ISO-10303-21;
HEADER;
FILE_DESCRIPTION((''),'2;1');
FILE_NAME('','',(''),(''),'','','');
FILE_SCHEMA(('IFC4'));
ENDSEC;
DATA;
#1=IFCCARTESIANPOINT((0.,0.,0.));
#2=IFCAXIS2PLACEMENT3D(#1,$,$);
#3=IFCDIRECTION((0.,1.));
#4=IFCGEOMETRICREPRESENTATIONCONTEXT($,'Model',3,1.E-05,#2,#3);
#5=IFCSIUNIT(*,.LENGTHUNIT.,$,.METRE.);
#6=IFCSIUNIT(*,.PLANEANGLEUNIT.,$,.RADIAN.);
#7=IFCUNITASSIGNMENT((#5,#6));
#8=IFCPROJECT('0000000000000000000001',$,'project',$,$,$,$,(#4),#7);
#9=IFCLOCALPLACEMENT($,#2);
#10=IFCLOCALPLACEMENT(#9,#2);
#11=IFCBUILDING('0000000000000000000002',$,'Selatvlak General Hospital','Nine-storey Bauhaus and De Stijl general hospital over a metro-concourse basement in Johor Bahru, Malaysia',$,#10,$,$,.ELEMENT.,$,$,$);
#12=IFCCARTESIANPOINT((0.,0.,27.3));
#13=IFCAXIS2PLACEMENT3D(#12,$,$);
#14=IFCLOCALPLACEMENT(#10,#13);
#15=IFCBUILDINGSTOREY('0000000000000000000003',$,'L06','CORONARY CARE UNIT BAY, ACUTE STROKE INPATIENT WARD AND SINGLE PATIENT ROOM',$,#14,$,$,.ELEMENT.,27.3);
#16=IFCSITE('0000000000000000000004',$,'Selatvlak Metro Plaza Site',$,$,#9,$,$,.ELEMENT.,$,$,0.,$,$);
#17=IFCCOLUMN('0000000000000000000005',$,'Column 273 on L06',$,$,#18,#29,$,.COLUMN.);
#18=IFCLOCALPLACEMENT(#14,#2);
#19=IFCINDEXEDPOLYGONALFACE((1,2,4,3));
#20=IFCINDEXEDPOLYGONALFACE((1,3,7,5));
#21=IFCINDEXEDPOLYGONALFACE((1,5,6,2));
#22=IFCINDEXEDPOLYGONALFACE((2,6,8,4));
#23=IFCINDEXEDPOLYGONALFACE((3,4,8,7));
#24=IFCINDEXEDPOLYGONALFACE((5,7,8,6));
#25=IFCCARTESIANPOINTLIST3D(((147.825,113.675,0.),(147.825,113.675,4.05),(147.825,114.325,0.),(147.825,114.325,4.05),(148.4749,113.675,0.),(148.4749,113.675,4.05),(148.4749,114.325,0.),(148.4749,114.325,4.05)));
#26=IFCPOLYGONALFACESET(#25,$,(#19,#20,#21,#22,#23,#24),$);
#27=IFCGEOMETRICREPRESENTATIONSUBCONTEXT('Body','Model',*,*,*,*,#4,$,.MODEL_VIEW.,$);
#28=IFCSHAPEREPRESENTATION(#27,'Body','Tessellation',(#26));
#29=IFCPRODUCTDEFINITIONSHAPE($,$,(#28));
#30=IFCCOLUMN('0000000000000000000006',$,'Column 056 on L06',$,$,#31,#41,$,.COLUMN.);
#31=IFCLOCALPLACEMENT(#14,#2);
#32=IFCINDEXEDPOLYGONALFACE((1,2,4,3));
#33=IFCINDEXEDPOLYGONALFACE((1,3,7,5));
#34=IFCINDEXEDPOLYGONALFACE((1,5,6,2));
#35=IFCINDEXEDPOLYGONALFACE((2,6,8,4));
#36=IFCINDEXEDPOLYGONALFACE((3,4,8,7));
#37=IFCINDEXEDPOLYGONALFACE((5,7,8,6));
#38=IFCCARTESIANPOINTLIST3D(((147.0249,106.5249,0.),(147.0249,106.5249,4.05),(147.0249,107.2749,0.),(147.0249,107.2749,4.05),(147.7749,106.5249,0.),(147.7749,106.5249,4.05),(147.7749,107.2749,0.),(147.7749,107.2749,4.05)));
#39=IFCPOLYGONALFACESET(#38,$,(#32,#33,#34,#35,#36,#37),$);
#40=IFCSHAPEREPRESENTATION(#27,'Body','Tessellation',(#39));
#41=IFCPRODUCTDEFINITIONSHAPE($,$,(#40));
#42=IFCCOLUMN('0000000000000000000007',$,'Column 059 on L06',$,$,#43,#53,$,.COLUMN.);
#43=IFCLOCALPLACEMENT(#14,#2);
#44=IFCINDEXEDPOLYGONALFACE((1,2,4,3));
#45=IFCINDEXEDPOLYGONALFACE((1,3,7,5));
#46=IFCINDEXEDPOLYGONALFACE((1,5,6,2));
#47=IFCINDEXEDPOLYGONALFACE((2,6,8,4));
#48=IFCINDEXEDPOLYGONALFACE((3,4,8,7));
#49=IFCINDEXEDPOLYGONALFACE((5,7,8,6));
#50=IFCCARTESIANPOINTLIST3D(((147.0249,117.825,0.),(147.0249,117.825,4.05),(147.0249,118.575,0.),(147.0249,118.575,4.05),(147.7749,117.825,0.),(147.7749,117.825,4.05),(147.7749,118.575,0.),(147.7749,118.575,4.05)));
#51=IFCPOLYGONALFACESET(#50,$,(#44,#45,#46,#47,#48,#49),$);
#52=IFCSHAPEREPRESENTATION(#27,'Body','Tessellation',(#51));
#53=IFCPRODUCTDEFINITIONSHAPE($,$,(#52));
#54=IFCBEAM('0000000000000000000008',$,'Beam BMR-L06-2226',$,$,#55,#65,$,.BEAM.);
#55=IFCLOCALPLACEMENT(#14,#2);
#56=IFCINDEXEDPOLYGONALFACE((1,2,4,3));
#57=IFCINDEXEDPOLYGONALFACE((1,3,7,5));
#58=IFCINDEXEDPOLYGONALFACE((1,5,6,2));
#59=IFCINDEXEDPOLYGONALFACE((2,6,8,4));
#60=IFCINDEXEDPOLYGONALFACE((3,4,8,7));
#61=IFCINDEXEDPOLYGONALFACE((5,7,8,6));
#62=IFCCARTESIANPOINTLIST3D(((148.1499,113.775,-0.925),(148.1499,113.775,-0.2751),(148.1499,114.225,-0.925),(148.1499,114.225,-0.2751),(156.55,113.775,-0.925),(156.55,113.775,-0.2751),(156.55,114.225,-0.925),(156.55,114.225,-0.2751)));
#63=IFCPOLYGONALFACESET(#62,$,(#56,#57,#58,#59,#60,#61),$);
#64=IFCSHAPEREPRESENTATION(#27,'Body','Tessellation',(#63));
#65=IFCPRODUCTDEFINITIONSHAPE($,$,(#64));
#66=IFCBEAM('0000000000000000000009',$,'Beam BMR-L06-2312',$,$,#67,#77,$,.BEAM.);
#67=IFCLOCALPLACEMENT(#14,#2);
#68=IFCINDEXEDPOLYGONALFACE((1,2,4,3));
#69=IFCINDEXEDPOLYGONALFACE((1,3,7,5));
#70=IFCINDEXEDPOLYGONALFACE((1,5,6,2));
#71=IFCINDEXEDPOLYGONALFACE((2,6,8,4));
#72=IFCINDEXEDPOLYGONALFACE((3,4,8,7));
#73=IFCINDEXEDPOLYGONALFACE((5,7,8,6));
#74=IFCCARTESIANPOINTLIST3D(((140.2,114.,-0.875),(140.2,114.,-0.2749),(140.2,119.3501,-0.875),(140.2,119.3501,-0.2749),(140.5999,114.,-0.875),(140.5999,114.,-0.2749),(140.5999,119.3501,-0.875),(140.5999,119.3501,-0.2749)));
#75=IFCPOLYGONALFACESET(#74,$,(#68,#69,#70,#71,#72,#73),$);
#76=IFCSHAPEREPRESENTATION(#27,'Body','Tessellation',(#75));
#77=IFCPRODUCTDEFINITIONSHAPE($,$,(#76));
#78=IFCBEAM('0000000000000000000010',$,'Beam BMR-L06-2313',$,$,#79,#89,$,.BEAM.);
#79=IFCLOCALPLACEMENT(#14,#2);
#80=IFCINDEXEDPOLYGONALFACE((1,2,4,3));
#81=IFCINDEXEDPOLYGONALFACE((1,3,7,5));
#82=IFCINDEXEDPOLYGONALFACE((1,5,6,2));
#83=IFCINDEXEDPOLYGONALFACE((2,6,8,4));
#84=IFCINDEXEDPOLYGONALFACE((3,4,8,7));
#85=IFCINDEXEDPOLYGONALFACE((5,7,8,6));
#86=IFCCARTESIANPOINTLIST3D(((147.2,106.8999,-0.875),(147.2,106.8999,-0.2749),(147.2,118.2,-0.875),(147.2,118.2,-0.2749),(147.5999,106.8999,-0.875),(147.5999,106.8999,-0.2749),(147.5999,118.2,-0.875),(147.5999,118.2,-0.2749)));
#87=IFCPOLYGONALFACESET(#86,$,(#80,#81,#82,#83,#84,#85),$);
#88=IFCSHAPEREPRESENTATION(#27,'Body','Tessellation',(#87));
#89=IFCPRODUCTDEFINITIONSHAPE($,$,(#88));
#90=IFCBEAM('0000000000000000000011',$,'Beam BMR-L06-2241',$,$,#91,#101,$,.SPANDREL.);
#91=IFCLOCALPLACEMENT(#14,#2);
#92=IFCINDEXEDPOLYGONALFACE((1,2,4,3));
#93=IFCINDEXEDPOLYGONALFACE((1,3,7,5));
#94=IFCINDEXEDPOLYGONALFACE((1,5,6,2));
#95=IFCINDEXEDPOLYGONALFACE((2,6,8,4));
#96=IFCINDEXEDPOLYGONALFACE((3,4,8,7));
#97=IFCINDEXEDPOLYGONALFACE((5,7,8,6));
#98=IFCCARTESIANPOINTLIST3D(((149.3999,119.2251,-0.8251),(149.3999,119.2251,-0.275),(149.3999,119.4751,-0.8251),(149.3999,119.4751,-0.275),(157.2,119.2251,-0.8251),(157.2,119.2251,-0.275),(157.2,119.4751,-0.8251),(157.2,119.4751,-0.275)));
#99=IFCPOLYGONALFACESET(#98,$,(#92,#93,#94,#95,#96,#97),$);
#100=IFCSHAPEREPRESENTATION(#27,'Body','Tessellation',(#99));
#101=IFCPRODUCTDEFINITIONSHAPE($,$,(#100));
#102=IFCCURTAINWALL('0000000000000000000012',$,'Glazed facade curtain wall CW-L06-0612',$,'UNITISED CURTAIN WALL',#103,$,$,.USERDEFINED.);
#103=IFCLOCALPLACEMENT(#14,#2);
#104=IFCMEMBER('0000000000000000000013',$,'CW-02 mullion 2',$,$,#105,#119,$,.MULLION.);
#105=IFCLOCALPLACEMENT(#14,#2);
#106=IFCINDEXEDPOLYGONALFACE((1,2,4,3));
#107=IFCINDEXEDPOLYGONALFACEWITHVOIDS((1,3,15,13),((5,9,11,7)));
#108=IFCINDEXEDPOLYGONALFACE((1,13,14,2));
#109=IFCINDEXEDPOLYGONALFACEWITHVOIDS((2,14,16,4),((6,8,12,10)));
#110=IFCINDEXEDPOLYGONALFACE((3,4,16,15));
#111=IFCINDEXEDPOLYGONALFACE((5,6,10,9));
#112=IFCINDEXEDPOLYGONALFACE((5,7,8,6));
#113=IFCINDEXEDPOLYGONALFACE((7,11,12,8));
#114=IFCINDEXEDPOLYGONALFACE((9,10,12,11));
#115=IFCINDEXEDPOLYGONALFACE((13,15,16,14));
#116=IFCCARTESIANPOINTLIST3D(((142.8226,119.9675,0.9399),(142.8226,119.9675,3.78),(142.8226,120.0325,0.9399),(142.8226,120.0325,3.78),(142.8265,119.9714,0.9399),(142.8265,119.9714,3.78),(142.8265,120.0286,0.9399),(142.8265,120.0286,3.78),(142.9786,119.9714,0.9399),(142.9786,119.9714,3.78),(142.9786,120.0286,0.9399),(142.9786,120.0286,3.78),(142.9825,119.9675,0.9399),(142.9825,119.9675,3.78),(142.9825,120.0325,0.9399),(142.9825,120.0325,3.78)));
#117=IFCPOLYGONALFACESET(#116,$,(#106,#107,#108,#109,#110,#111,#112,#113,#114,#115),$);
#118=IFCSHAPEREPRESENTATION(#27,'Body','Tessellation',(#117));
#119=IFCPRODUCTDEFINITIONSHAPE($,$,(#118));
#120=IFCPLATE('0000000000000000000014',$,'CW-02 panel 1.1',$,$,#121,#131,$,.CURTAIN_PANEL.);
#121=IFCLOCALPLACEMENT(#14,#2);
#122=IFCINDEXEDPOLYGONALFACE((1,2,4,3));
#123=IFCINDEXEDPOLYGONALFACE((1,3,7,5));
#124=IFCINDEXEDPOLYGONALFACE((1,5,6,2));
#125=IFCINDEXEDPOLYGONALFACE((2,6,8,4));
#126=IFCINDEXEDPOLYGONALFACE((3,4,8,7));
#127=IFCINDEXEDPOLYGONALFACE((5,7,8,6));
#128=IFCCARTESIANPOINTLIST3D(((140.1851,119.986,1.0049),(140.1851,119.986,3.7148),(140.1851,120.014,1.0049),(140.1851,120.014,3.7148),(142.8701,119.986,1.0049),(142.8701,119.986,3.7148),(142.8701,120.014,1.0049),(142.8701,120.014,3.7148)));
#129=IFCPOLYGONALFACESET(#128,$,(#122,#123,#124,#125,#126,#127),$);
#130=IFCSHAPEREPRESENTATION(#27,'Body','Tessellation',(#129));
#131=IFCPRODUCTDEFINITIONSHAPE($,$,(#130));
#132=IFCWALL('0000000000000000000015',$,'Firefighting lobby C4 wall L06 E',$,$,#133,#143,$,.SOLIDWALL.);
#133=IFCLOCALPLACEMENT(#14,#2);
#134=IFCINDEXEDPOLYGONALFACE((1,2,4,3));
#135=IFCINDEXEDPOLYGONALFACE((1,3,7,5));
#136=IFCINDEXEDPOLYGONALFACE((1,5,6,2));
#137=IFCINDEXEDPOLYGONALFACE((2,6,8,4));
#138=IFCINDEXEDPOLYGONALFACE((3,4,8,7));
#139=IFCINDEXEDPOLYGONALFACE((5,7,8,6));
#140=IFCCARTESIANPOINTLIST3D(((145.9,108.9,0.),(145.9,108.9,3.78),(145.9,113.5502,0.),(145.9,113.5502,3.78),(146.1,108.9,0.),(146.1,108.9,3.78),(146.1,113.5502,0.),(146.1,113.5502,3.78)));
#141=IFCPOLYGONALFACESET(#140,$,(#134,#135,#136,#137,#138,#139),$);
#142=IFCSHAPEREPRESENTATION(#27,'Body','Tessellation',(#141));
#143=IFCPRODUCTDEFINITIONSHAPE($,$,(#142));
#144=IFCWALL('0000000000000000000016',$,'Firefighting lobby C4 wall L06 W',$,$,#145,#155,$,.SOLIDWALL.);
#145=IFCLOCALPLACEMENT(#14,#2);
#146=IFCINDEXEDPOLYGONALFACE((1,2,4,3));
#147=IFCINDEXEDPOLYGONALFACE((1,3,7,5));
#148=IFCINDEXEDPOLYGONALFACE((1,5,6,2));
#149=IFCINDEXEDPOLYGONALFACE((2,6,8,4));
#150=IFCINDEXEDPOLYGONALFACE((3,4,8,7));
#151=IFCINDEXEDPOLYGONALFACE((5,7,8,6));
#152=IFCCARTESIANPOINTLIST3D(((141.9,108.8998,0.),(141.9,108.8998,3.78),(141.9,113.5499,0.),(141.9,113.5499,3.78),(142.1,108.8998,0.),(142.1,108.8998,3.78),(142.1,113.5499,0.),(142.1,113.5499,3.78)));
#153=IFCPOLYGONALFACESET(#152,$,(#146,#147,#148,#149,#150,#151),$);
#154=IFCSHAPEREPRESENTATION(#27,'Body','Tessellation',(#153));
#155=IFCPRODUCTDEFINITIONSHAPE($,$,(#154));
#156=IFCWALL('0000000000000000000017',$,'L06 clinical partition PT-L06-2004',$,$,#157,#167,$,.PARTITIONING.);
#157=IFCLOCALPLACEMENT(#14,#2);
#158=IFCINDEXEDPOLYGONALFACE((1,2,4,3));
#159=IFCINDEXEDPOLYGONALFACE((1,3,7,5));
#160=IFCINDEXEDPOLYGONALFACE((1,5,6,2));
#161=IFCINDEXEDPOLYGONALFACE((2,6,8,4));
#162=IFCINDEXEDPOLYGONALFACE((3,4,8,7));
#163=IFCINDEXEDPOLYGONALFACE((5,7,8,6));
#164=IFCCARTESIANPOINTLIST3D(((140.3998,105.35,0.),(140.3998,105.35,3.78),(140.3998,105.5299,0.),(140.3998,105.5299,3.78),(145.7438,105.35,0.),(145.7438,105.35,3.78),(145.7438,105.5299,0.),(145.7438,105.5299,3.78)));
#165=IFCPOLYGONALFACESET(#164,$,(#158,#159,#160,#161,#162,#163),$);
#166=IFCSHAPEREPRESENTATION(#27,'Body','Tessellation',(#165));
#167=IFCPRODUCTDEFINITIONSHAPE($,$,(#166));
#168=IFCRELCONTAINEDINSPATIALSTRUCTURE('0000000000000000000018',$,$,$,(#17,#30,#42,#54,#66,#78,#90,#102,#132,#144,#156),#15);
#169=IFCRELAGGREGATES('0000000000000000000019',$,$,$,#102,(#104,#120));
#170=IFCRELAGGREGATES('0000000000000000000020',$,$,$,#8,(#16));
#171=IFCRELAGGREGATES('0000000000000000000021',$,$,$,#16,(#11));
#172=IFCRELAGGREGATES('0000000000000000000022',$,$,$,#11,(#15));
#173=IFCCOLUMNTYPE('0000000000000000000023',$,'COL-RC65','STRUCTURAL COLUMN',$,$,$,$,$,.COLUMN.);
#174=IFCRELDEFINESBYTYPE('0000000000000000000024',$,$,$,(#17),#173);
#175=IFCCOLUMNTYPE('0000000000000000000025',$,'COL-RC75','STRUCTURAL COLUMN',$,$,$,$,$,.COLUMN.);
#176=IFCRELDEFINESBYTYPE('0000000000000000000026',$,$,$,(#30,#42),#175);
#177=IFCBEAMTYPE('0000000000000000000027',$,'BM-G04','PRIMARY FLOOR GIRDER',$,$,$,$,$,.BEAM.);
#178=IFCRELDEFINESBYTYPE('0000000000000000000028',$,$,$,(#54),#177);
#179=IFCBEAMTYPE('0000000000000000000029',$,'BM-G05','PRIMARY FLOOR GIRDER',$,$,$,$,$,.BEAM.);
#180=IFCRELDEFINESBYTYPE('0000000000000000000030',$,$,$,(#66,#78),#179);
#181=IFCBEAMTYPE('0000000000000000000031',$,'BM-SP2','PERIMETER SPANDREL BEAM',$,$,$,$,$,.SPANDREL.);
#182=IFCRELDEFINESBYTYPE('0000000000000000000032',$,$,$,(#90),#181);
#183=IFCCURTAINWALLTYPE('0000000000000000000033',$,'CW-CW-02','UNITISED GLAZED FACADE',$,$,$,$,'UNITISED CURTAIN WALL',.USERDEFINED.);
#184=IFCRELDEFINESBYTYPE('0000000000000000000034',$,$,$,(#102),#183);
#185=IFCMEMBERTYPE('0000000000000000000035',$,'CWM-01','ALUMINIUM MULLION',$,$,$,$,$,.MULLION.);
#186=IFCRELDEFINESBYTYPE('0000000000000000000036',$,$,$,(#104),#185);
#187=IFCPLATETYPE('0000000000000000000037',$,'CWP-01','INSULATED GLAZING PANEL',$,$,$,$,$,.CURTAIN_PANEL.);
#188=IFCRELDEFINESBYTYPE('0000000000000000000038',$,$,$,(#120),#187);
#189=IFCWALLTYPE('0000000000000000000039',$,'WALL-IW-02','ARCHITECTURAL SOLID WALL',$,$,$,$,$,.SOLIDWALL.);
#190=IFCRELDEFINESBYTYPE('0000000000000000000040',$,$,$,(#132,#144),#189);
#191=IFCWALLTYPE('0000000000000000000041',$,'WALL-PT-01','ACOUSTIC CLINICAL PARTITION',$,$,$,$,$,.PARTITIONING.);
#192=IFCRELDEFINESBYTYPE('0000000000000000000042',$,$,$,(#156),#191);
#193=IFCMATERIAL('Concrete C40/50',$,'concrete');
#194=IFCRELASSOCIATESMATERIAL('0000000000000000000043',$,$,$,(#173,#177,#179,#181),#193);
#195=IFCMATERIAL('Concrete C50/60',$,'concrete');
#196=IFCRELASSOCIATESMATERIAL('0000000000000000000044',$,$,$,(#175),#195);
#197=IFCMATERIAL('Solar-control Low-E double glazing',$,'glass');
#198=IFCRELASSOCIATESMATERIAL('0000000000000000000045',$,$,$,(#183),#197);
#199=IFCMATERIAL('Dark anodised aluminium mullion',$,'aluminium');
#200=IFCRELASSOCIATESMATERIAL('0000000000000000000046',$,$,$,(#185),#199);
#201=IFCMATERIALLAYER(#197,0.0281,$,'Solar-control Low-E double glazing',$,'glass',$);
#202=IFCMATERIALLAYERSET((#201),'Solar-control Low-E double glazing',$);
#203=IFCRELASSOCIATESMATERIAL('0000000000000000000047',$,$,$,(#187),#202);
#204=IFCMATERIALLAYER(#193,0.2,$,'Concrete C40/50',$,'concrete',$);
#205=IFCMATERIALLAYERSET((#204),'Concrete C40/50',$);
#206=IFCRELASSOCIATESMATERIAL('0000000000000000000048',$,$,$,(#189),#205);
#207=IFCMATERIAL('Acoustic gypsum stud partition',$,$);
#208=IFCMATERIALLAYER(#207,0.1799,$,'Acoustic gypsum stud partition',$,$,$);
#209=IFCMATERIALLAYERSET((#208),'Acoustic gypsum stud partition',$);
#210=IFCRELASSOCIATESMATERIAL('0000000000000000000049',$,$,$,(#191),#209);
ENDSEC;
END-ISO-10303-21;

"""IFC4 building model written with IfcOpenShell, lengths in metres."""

from ifc_helpers import new_model, si_unit, direction, frame, frame_2d, origin, origin_2d, place, context, subcontext, project, spatial, rectangle, hollow_rectangle, extrude, material, layer, layer_set, material_profile, profile_set, type_object, element, aggregate, save


model = new_model("IFC4")

# Units and contexts
model_context = context("Model", 3, precision=1e-05, world=origin(), true_north=direction((0.0, 1.0)))
body_context = subcontext(model_context, "Body", "Model", "MODEL_VIEW")
ifc_project = project(units=[si_unit("LENGTHUNIT", "METRE"), si_unit("PLANEANGLEUNIT", "RADIAN")], contexts=[model_context])

# Site, building, storey
site_placement = place(None, origin())
site = spatial("IfcSite", under=ifc_project, at=site_placement, Name="Selatvlak Metro Plaza Site", CompositionType="ELEMENT", RefElevation=0.0)
building_placement = place(site_placement, origin())
building = spatial("IfcBuilding", under=site, at=building_placement, Name="Selatvlak General Hospital", Description="Nine-storey Bauhaus and De Stijl general hospital over a metro-concourse basement in Johor Bahru, Malaysia", CompositionType="ELEMENT")
storey_placement = place(building_placement, frame((0.0, 0.0, 27.3)))
storey = spatial("IfcBuildingStorey", under=building, at=storey_placement, Name="L06", Description="CORONARY CARE UNIT BAY, ACUTE STROKE INPATIENT WARD AND SINGLE PATIENT ROOM", CompositionType="ELEMENT", Elevation=27.3)

# Columns
ifc_material_1 = material(Name="Concrete C40/50", Category="concrete")
ifc_material_profile_1 = material_profile(ifc_material_1, rectangle(XDim=0.6499, YDim=0.6499, at=origin_2d()), Name="RC-COL 650x650")
ifc_profile_set_1 = profile_set([ifc_material_profile_1], Name="Concrete C40/50")
column_type_1 = type_object("IfcColumnType", Name="COL-RC65", Description="STRUCTURAL COLUMN", PredefinedType="COLUMN", material=ifc_profile_set_1)
column_placement = place(storey_placement, frame((148.1499, 114.0, 0.0), z_axis=(0.0, 0.0, 1.0), x_axis=(1.0, 0.0, 0.0)))
element("IfcColumn", 1, at=column_placement, inside=storey, type_object=column_type_1, Name="Column 273 on L06", PredefinedType="COLUMN", context=body_context, shape_type="SweptSolid", body=[
    extrude(rectangle(XDim=0.6499, YDim=0.6499, at=origin_2d()), origin(), (0.0, 0.0, 1.0), 4.05),
])
ifc_material_2 = material(Name="Concrete C50/60", Category="concrete")
ifc_material_profile_2 = material_profile(ifc_material_2, rectangle(XDim=0.75, YDim=0.75, at=origin_2d()), Name="RC-COL 750x750")
ifc_profile_set_2 = profile_set([ifc_material_profile_2], Name="Concrete C50/60")
column_type_2 = type_object("IfcColumnType", Name="COL-RC75", Description="STRUCTURAL COLUMN", PredefinedType="COLUMN", material=ifc_profile_set_2)
for number, where, z_axis, x_axis, name in (
    (2, (147.3999, 106.8999, 0.0), (0.0, 0.0, 1.0), (1.0, 0.0, 0.0), "Column 056 on L06"),
    (3, (147.3999, 118.2, 0.0), (0.0, 0.0, 1.0), (1.0, 0.0, 0.0), "Column 059 on L06"),
):
    element("IfcColumn", number, at=place(storey_placement, frame(where, z_axis=z_axis, x_axis=x_axis)), inside=storey, type_object=column_type_2, Name=name, PredefinedType="COLUMN", context=body_context, shape_type="SweptSolid", body=[
        extrude(rectangle(XDim=0.75, YDim=0.75, at=origin_2d()), origin(), (0.0, 0.0, 1.0), 4.05),
    ])

# Beams
ifc_material_profile_3 = material_profile(ifc_material_1, rectangle(XDim=0.45, YDim=0.6499, at=origin_2d()), Name="RC-BM 450x650")
ifc_profile_set_3 = profile_set([ifc_material_profile_3], Name="Concrete C40/50")
beam_type_1 = type_object("IfcBeamType", Name="BM-G04", Description="PRIMARY FLOOR GIRDER", PredefinedType="BEAM", material=ifc_profile_set_3)
beam_1_placement = place(storey_placement, frame((148.1499, 114.0, -0.6001), z_axis=(1.0, 0.0, 0.0), x_axis=(0.0, 1.0, 0.0)))
element("IfcBeam", 4, at=beam_1_placement, inside=storey, type_object=beam_type_1, Name="Beam BMR-L06-2226", PredefinedType="BEAM", context=body_context, shape_type="SweptSolid", body=[
    extrude(rectangle(XDim=0.45, YDim=0.6499, at=origin_2d()), origin(), (0.0, 0.0, 1.0), 8.4001),
])
ifc_material_profile_4 = material_profile(ifc_material_1, rectangle(XDim=0.3999, YDim=0.6001, at=origin_2d()), Name="RC-BM 400x600")
ifc_profile_set_4 = profile_set([ifc_material_profile_4], Name="Concrete C40/50")
beam_type_2 = type_object("IfcBeamType", Name="BM-G05", Description="PRIMARY FLOOR GIRDER", PredefinedType="BEAM", material=ifc_profile_set_4)
beam_2_placement = place(storey_placement, frame((140.3999, 114.0, -0.575), z_axis=(0.0, 1.0, 0.0), x_axis=(-1.0, 0.0, 0.0)))
element("IfcBeam", 5, at=beam_2_placement, inside=storey, type_object=beam_type_2, Name="Beam BMR-L06-2312", PredefinedType="BEAM", context=body_context, shape_type="SweptSolid", body=[
    extrude(rectangle(XDim=0.3999, YDim=0.6001, at=origin_2d()), origin(), (0.0, 0.0, 1.0), 5.3501),
])
beam_3_placement = place(storey_placement, frame((147.3999, 106.8999, -0.575), z_axis=(0.0, 1.0, 0.0), x_axis=(-1.0, 0.0, 0.0)))
element("IfcBeam", 6, at=beam_3_placement, inside=storey, type_object=beam_type_2, Name="Beam BMR-L06-2313", PredefinedType="BEAM", context=body_context, shape_type="SweptSolid", body=[
    extrude(rectangle(XDim=0.3999, YDim=0.6001, at=origin_2d()), origin(), (0.0, 0.0, 1.0), 11.3),
])
ifc_material_profile_5 = material_profile(ifc_material_1, rectangle(XDim=0.25, YDim=0.55, at=origin_2d()), Name="RC-SP 250x550")
ifc_profile_set_5 = profile_set([ifc_material_profile_5], Name="Concrete C40/50")
beam_type_3 = type_object("IfcBeamType", Name="BM-SP2", Description="PERIMETER SPANDREL BEAM", PredefinedType="SPANDREL", material=ifc_profile_set_5)
beam_4_placement = place(storey_placement, frame((149.3999, 119.3501, -0.55), z_axis=(1.0, 0.0, 0.0), x_axis=(0.0, 1.0, 0.0)))
element("IfcBeam", 7, at=beam_4_placement, inside=storey, type_object=beam_type_3, Name="Beam BMR-L06-2241", PredefinedType="SPANDREL", context=body_context, shape_type="SweptSolid", body=[
    extrude(rectangle(XDim=0.25, YDim=0.55, at=origin_2d()), origin(), (0.0, 0.0, 1.0), 7.8),
])

# Curtain wall, member, plate
ifc_material_3 = material(Name="Solar-control Low-E double glazing", Category="glass")
curtain_wall_type = type_object("IfcCurtainWallType", Name="CW-CW-02", Description="UNITISED GLAZED FACADE", ElementType="UNITISED CURTAIN WALL", PredefinedType="USERDEFINED", material=ifc_material_3)
curtain_wall_placement = place(storey_placement, origin())
curtain_wall = element("IfcCurtainWall", 8, at=curtain_wall_placement, inside=storey, type_object=curtain_wall_type, Name="Glazed facade curtain wall CW-L06-0612", ObjectType="UNITISED CURTAIN WALL", PredefinedType="USERDEFINED")
ifc_material_4 = material(Name="Dark anodised aluminium mullion", Category="aluminium")
ifc_material_profile_6 = material_profile(ifc_material_4, hollow_rectangle(XDim=0.0649, YDim=0.1599, WallThickness=0.0039, at=origin_2d()), Name="AL-MUL 65x160x4")
ifc_profile_set_6 = profile_set([ifc_material_profile_6], Name="Dark anodised aluminium mullion")
member_type = type_object("IfcMemberType", Name="CWM-01", Description="ALUMINIUM MULLION", PredefinedType="MULLION", material=ifc_profile_set_6)
member_placement = place(storey_placement, frame((142.9026, 120.0, 0.9399), z_axis=(0.0, 0.0, 1.0), x_axis=(0.0, 1.0, 0.0)))
member = element("IfcMember", 9, at=member_placement, type_object=member_type, Name="CW-02 mullion 2", PredefinedType="MULLION", context=body_context, shape_type="SweptSolid", body=[
    extrude(hollow_rectangle(XDim=0.0649, YDim=0.1599, WallThickness=0.0039, at=origin_2d()), origin(), (0.0, 0.0, 1.0), 2.8401),
])
ifc_layer_1 = layer(ifc_material_3, 0.0281, Name="Solar-control Low-E double glazing", Category="glass")
ifc_layer_set_1 = layer_set([ifc_layer_1], Name="Solar-control Low-E double glazing")
plate_type = type_object("IfcPlateType", Name="CWP-01", Description="INSULATED GLAZING PANEL", PredefinedType="CURTAIN_PANEL", material=ifc_layer_set_1)
plate_placement = place(storey_placement, frame((141.5276, 120.0, 1.0049), z_axis=(0.0, 0.0, 1.0), x_axis=(1.0, 0.0, 0.0)))
plate = element("IfcPlate", 10, at=plate_placement, type_object=plate_type, Name="CW-02 panel 1.1", PredefinedType="CURTAIN_PANEL", context=body_context, shape_type="SweptSolid", body=[
    extrude(rectangle(XDim=2.6851, YDim=0.0281, at=origin_2d()), origin(), (0.0, 0.0, 1.0), 2.71),
])
aggregate(curtain_wall, [member, plate])

# Shared definitions
ifc_layer_2 = layer(ifc_material_1, 0.2, Name="Concrete C40/50", Category="concrete")
ifc_layer_set_2 = layer_set([ifc_layer_2], Name="Concrete C40/50")
wall_type_1 = type_object("IfcWallType", Name="WALL-IW-02", Description="ARCHITECTURAL SOLID WALL", PredefinedType="SOLIDWALL", material=ifc_layer_set_2)

# Walls
for number, where, z_axis, x_axis, name in (
    (11, (146.0, 108.8999, 0.0), (0.0, 0.0, 1.0), (0.0, 1.0, 0.0), "Firefighting lobby C4 wall L06 E"),
    (12, (142.0, 113.55, 0.0), (0.0, 0.0, 1.0), (0.0, -1.0, 0.0), "Firefighting lobby C4 wall L06 W"),
):
    element("IfcWall", number, at=place(storey_placement, frame(where, z_axis=z_axis, x_axis=x_axis)), inside=storey, type_object=wall_type_1, Name=name, PredefinedType="SOLIDWALL", context=body_context, shape_type="SweptSolid", body=[
        extrude(rectangle(XDim=4.6501, YDim=0.2, at=frame_2d((2.3252, 0.0))), origin(), (0.0, 0.0, 1.0), 3.78),
    ])
ifc_material_5 = material(Name="Acoustic gypsum stud partition")
ifc_layer_3 = layer(ifc_material_5, 0.1799, Name="Acoustic gypsum stud partition")
ifc_layer_set_3 = layer_set([ifc_layer_3], Name="Acoustic gypsum stud partition")
wall_type_2 = type_object("IfcWallType", Name="WALL-PT-01", Description="ACOUSTIC CLINICAL PARTITION", PredefinedType="PARTITIONING", material=ifc_layer_set_3)
wall_1_placement = place(storey_placement, frame((140.3999, 105.4399, 0.0), z_axis=(0.0, 0.0, 1.0), x_axis=(1.0, 0.0, 0.0)))
element("IfcWall", 13, at=wall_1_placement, inside=storey, type_object=wall_type_2, Name="L06 clinical partition PT-L06-2004", PredefinedType="PARTITIONING", context=body_context, shape_type="SweptSolid", body=[
    extrude(rectangle(XDim=5.344, YDim=0.1799, at=frame_2d((2.6719, 0.0))), origin(), (0.0, 0.0, 1.0), 3.78),
])

save(model, "model.ifc")
